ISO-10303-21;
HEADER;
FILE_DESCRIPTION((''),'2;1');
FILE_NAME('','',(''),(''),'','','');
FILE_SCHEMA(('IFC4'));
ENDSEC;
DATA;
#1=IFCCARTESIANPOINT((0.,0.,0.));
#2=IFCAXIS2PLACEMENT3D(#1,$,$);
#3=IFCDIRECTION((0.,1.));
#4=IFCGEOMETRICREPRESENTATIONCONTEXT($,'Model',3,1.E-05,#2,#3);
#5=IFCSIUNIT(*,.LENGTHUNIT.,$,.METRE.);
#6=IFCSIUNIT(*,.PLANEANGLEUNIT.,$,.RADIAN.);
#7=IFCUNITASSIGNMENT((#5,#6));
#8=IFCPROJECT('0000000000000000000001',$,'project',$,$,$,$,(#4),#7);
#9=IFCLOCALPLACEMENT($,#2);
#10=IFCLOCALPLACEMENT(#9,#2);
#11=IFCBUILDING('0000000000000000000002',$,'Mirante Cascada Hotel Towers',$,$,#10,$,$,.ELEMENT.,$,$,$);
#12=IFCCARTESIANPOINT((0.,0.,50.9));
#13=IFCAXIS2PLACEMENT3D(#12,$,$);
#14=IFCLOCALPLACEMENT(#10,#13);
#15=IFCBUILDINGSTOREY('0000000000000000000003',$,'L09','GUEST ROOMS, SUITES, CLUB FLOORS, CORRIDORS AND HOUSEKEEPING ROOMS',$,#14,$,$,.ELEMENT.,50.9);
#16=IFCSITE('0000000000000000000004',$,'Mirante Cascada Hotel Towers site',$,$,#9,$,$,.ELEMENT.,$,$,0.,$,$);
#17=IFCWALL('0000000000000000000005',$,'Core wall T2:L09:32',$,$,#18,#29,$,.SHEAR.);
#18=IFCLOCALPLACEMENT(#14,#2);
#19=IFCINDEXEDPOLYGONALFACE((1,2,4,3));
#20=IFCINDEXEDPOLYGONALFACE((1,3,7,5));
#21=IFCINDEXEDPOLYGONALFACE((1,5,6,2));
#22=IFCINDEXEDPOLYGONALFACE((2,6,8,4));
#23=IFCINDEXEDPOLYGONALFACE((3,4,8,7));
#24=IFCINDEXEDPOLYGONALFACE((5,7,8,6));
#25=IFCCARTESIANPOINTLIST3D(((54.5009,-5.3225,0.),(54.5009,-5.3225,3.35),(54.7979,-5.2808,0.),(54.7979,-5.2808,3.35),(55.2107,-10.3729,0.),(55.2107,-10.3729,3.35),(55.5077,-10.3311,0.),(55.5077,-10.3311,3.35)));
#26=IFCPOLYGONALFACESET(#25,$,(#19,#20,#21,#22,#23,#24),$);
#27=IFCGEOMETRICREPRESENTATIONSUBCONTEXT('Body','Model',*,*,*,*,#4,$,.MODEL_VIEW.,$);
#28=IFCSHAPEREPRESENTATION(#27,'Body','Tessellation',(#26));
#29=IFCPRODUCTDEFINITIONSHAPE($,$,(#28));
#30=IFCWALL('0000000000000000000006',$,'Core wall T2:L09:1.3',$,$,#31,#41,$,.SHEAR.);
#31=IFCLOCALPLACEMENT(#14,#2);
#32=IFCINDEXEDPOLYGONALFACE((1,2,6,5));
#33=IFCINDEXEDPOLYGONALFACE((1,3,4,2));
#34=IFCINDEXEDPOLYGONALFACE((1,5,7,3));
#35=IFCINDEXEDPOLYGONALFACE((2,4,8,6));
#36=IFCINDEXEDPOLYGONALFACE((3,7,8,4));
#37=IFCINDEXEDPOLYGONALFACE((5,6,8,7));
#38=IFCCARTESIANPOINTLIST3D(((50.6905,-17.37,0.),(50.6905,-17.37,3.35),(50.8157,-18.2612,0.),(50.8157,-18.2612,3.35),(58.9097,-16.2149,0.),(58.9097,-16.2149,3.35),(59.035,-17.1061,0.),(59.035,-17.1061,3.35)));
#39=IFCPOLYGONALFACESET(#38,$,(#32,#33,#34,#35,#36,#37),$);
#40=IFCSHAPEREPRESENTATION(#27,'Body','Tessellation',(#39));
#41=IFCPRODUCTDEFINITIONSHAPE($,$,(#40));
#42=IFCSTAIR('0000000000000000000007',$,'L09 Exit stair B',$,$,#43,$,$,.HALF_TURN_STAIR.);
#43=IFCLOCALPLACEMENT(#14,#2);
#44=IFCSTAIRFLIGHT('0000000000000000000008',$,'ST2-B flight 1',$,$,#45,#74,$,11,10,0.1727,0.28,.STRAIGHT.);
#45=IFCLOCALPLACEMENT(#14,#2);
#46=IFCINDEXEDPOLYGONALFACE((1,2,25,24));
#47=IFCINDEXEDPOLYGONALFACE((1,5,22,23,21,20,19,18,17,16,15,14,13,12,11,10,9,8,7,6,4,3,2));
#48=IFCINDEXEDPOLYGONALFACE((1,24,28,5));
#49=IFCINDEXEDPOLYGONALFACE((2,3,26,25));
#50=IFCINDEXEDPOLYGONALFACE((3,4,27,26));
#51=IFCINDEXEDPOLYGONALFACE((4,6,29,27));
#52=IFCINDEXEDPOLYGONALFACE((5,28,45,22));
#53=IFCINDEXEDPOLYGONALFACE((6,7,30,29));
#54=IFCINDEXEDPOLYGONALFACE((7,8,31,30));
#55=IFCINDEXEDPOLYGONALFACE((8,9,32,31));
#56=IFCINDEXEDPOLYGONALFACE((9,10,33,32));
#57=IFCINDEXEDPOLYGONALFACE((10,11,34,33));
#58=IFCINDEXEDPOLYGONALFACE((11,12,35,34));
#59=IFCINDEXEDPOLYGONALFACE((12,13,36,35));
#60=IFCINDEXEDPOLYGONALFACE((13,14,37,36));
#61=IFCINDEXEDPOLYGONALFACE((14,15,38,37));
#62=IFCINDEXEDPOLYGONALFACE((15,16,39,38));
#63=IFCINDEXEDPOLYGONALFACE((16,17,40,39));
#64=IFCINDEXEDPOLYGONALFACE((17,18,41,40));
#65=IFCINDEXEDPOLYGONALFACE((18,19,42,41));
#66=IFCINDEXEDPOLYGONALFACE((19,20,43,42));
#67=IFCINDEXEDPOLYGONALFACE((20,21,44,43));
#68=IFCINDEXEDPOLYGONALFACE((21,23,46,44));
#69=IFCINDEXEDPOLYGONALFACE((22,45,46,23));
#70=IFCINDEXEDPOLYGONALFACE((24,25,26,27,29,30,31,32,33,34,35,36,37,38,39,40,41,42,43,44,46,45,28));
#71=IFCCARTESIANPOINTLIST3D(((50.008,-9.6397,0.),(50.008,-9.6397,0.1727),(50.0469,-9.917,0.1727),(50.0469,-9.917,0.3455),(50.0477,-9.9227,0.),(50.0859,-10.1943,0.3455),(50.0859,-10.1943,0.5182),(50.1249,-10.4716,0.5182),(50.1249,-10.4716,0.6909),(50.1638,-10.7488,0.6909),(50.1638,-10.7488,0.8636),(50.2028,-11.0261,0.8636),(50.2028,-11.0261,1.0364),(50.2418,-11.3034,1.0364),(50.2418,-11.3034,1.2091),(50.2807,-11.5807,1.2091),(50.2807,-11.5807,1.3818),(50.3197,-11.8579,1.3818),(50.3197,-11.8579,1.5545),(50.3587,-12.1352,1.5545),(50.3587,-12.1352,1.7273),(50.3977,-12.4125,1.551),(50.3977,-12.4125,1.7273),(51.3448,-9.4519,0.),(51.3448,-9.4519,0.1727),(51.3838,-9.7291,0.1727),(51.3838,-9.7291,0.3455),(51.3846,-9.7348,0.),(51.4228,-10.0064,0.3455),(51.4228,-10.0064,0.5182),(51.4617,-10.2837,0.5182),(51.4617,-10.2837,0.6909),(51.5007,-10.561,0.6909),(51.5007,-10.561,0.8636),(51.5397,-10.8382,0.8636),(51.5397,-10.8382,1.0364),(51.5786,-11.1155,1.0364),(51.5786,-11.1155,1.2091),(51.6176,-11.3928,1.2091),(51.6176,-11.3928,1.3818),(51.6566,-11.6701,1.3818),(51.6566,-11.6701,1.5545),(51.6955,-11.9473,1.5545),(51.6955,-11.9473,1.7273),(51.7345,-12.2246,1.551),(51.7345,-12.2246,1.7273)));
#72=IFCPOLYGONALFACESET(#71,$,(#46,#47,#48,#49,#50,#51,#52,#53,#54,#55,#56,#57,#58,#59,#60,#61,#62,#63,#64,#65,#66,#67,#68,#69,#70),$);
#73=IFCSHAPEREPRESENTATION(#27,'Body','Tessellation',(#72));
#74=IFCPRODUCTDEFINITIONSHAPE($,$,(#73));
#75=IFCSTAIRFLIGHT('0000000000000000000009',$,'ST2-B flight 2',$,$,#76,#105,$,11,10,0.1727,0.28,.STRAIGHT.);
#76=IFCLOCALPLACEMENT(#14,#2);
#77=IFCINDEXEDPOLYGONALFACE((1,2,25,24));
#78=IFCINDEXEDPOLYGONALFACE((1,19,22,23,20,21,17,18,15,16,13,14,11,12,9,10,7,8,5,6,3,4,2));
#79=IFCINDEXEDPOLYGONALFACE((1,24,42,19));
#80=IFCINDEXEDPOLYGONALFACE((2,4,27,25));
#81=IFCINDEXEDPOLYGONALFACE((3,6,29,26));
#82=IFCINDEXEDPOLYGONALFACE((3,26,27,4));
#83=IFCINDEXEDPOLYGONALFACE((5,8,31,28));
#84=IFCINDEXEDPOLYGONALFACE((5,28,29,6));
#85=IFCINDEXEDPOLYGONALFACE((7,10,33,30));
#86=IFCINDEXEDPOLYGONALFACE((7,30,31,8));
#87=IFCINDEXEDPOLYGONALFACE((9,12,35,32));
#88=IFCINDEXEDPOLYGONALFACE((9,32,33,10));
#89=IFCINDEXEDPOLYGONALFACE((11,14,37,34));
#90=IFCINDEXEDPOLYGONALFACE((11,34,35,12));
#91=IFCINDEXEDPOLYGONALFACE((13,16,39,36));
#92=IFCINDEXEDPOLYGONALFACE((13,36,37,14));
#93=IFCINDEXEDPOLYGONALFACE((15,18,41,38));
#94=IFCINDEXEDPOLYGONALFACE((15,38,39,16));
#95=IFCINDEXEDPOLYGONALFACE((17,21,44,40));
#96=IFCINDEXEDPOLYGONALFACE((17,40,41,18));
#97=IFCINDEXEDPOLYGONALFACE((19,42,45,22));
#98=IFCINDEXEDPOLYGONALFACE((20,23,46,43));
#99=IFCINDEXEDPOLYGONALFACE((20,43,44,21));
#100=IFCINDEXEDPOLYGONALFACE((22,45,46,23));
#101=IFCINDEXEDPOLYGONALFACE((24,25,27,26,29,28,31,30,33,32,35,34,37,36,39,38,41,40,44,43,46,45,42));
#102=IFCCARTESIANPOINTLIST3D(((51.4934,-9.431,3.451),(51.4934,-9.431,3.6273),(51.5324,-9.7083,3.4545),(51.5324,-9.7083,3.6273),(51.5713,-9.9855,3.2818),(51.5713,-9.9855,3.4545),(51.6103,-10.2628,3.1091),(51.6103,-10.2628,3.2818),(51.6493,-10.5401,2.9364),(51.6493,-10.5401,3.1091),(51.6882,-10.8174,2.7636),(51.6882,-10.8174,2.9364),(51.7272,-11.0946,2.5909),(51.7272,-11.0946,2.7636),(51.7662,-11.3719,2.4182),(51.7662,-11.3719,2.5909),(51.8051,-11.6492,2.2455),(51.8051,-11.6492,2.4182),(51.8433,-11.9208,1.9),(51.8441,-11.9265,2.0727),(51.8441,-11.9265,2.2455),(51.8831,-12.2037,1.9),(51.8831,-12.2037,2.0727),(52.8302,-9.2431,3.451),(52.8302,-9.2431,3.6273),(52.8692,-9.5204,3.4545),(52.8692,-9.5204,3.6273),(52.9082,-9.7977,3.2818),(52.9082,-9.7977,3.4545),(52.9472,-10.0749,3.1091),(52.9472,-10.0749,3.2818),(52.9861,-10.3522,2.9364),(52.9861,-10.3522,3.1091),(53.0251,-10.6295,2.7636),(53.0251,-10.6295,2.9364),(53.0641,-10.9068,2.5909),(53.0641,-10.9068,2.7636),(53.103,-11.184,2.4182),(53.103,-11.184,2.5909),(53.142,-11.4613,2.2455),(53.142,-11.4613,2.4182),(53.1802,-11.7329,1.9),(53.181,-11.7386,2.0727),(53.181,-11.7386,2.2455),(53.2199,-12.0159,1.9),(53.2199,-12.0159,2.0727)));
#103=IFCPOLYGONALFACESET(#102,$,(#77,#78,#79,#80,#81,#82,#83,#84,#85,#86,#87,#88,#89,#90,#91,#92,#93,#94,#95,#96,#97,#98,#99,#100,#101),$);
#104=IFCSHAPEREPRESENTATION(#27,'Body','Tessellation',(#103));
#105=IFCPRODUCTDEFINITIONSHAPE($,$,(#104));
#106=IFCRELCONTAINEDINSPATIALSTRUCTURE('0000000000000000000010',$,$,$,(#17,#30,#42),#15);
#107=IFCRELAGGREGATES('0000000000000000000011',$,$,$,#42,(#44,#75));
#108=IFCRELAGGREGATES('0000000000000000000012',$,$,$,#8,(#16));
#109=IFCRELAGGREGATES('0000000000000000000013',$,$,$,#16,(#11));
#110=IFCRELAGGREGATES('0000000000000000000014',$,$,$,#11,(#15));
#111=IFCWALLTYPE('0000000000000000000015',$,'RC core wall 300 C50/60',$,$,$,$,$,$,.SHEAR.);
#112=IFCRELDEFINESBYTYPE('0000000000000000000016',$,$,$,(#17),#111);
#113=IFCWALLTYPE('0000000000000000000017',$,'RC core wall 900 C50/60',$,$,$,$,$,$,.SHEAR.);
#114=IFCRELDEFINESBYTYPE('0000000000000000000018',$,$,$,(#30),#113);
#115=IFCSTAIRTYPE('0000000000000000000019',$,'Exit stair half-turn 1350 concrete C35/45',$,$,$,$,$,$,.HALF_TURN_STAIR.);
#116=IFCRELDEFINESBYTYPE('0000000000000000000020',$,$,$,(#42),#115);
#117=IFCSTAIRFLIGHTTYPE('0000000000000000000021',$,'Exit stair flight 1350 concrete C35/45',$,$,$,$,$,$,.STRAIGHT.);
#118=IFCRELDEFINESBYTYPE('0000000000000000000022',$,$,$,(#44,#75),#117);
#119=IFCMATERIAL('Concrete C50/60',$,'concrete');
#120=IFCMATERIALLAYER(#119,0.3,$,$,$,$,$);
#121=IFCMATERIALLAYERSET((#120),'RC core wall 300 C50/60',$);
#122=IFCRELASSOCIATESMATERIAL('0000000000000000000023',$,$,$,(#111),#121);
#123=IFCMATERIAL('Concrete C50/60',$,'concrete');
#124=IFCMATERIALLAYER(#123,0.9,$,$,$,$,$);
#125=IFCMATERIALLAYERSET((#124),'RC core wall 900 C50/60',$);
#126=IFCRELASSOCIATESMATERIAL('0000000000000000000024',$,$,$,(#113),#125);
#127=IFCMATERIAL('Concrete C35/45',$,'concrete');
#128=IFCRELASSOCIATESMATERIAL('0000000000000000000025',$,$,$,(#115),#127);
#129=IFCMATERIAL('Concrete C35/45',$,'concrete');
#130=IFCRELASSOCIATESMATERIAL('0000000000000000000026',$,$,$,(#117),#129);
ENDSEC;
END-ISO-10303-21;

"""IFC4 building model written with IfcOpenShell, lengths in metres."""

from ifc_helpers import new_model, si_unit, direction, frame, frame_2d, origin, place, context, subcontext, project, spatial, polyline, rectangle, outline, extrude, material, layer, layer_set, type_object, element, aggregate, save


model = new_model("IFC4")

# Units and contexts
model_context = context("Model", 3, precision=1e-05, world=origin(), true_north=direction((0.0, 1.0)))
body_context = subcontext(model_context, "Body", "Model", "MODEL_VIEW")
ifc_project = project(units=[si_unit("LENGTHUNIT", "METRE"), si_unit("PLANEANGLEUNIT", "RADIAN")], contexts=[model_context])

# Site, building, storey
site_placement = place(None, origin())
site = spatial("IfcSite", under=ifc_project, at=site_placement, Name="Mirante Cascada Hotel Towers site", CompositionType="ELEMENT", RefElevation=0.0)
building_placement = place(site_placement, origin())
building = spatial("IfcBuilding", under=site, at=building_placement, Name="Mirante Cascada Hotel Towers", CompositionType="ELEMENT")
storey_placement = place(building_placement, frame((0.0, 0.0, 50.9)))
storey = spatial("IfcBuildingStorey", under=building, at=storey_placement, Name="L09", Description="GUEST ROOMS, SUITES, CLUB FLOORS, CORRIDORS AND HOUSEKEEPING ROOMS", CompositionType="ELEMENT", Elevation=50.9)

# Shared definitions
ifc_material_1 = material(Name="Concrete C50/60", Category="concrete")
ifc_layer_1 = layer(ifc_material_1, 0.3)
ifc_layer_set_1 = layer_set([ifc_layer_1], Name="RC core wall 300 C50/60")
wall_type_1 = type_object("IfcWallType", Name="RC core wall 300 C50/60", PredefinedType="SHEAR", material=ifc_layer_set_1)

# Walls
wall_1_placement = place(storey_placement, frame((55.3592, -10.352, 0.0), z_axis=(0.0, 0.0, 1.0), x_axis=(-0.139176, 0.990268, 0.0)))
element("IfcWall", 1, at=wall_1_placement, inside=storey, type_object=wall_type_1, Name="Core wall T2:L09:32", PredefinedType="SHEAR", context=body_context, shape_type="SweptSolid", body=[
    extrude(rectangle(XDim=5.1, YDim=0.3, at=frame_2d((2.55, 0.0))), origin(), (0.0, 0.0, 1.0), 3.35),
])
ifc_material_2 = material(Name="Concrete C50/60", Category="concrete")
ifc_layer_2 = layer(ifc_material_2, 0.9)
ifc_layer_set_2 = layer_set([ifc_layer_2], Name="RC core wall 900 C50/60")
wall_type_2 = type_object("IfcWallType", Name="RC core wall 900 C50/60", PredefinedType="SHEAR", material=ifc_layer_set_2)
wall_2_placement = place(storey_placement, frame((50.7531, -17.8156, 0.0), z_axis=(0.0, 0.0, 1.0), x_axis=(0.990269, 0.139169, 0.0)))
element("IfcWall", 2, at=wall_2_placement, inside=storey, type_object=wall_type_2, Name="Core wall T2:L09:1.3", PredefinedType="SHEAR", context=body_context, shape_type="SweptSolid", body=[
    extrude(rectangle(XDim=8.3, YDim=0.9, at=frame_2d((4.15, 0.0))), origin(), (0.0, 0.0, 1.0), 3.35),
])

# Stair, stair flights
ifc_material_3 = material(Name="Concrete C35/45", Category="concrete")
stair_type = type_object("IfcStairType", Name="Exit stair half-turn 1350 concrete C35/45", PredefinedType="HALF_TURN_STAIR", material=ifc_material_3)
stair_placement = place(storey_placement, origin())
stair = element("IfcStair", 3, at=stair_placement, inside=storey, type_object=stair_type, Name="L09 Exit stair B", PredefinedType="HALF_TURN_STAIR")
ifc_material_4 = material(Name="Concrete C35/45", Category="concrete")
stair_flight_type = type_object("IfcStairFlightType", Name="Exit stair flight 1350 concrete C35/45", PredefinedType="STRAIGHT", material=ifc_material_4)
stair_flight_1_placement = place(storey_placement, frame((50.6764, -9.5458, 0.0), z_axis=(0.0, 0.0, 1.0), x_axis=(0.139173, -0.990268, 0.0)))
stair_flight_1 = element("IfcStairFlight", 4, at=stair_flight_1_placement, type_object=stair_flight_type, Name="ST2-B flight 1", NumberOfRisers=11, NumberOfTreads=10, PredefinedType="STRAIGHT", RiserHeight=0.1727, TreadLength=0.28, context=body_context, shape_type="SweptSolid", body=[
    extrude(outline(polyline([(0.0, 0.0), (0.0, 0.1727), (0.28, 0.1727), (0.28, 0.3455), (0.56, 0.3455), (0.56, 0.5182), (0.84, 0.5182), (0.84, 0.6909), (1.12, 0.6909), (1.12, 0.8636), (1.4, 0.8636), (1.4, 1.0364), (1.68, 1.0364), (1.68, 1.2091), (1.96, 1.2091), (1.96, 1.3818), (2.24, 1.3818), (2.24, 1.5545), (2.52, 1.5545), (2.52, 1.7273), (2.8, 1.7273), (2.8, 1.9), (2.8, 1.551), (0.2857, 0.0), (0.0, 0.0)])), frame((0.0, 0.675, 0.0), z_axis=(0.0, -1.0, 0.0), x_axis=(1.0, 0.0, 0.0)), (0.0, 0.0, 1.0), 1.35),
])
stair_flight_2_placement = place(storey_placement, frame((52.5515, -12.1098, 1.9), z_axis=(0.0, 0.0, 1.0), x_axis=(-0.139173, 0.990268, 0.0)))
stair_flight_2 = element("IfcStairFlight", 5, at=stair_flight_2_placement, type_object=stair_flight_type, Name="ST2-B flight 2", NumberOfRisers=11, NumberOfTreads=10, PredefinedType="STRAIGHT", RiserHeight=0.1727, TreadLength=0.28, context=body_context, shape_type="SweptSolid", body=[
    extrude(outline(polyline([(0.0, 0.0), (0.0, 0.1727), (0.28, 0.1727), (0.28, 0.3455), (0.56, 0.3455), (0.56, 0.5182), (0.84, 0.5182), (0.84, 0.6909), (1.12, 0.6909), (1.12, 0.8636), (1.4, 0.8636), (1.4, 1.0364), (1.68, 1.0364), (1.68, 1.2091), (1.96, 1.2091), (1.96, 1.3818), (2.24, 1.3818), (2.24, 1.5545), (2.52, 1.5545), (2.52, 1.7273), (2.8, 1.7273), (2.8, 1.9), (2.8, 1.551), (0.2857, 0.0), (0.0, 0.0)])), frame((0.0, 0.675, 0.0), z_axis=(0.0, -1.0, 0.0), x_axis=(1.0, 0.0, 0.0)), (0.0, 0.0, 1.0), 1.35),
])
aggregate(stair, [stair_flight_1, stair_flight_2])

save(model, "model.ifc")
